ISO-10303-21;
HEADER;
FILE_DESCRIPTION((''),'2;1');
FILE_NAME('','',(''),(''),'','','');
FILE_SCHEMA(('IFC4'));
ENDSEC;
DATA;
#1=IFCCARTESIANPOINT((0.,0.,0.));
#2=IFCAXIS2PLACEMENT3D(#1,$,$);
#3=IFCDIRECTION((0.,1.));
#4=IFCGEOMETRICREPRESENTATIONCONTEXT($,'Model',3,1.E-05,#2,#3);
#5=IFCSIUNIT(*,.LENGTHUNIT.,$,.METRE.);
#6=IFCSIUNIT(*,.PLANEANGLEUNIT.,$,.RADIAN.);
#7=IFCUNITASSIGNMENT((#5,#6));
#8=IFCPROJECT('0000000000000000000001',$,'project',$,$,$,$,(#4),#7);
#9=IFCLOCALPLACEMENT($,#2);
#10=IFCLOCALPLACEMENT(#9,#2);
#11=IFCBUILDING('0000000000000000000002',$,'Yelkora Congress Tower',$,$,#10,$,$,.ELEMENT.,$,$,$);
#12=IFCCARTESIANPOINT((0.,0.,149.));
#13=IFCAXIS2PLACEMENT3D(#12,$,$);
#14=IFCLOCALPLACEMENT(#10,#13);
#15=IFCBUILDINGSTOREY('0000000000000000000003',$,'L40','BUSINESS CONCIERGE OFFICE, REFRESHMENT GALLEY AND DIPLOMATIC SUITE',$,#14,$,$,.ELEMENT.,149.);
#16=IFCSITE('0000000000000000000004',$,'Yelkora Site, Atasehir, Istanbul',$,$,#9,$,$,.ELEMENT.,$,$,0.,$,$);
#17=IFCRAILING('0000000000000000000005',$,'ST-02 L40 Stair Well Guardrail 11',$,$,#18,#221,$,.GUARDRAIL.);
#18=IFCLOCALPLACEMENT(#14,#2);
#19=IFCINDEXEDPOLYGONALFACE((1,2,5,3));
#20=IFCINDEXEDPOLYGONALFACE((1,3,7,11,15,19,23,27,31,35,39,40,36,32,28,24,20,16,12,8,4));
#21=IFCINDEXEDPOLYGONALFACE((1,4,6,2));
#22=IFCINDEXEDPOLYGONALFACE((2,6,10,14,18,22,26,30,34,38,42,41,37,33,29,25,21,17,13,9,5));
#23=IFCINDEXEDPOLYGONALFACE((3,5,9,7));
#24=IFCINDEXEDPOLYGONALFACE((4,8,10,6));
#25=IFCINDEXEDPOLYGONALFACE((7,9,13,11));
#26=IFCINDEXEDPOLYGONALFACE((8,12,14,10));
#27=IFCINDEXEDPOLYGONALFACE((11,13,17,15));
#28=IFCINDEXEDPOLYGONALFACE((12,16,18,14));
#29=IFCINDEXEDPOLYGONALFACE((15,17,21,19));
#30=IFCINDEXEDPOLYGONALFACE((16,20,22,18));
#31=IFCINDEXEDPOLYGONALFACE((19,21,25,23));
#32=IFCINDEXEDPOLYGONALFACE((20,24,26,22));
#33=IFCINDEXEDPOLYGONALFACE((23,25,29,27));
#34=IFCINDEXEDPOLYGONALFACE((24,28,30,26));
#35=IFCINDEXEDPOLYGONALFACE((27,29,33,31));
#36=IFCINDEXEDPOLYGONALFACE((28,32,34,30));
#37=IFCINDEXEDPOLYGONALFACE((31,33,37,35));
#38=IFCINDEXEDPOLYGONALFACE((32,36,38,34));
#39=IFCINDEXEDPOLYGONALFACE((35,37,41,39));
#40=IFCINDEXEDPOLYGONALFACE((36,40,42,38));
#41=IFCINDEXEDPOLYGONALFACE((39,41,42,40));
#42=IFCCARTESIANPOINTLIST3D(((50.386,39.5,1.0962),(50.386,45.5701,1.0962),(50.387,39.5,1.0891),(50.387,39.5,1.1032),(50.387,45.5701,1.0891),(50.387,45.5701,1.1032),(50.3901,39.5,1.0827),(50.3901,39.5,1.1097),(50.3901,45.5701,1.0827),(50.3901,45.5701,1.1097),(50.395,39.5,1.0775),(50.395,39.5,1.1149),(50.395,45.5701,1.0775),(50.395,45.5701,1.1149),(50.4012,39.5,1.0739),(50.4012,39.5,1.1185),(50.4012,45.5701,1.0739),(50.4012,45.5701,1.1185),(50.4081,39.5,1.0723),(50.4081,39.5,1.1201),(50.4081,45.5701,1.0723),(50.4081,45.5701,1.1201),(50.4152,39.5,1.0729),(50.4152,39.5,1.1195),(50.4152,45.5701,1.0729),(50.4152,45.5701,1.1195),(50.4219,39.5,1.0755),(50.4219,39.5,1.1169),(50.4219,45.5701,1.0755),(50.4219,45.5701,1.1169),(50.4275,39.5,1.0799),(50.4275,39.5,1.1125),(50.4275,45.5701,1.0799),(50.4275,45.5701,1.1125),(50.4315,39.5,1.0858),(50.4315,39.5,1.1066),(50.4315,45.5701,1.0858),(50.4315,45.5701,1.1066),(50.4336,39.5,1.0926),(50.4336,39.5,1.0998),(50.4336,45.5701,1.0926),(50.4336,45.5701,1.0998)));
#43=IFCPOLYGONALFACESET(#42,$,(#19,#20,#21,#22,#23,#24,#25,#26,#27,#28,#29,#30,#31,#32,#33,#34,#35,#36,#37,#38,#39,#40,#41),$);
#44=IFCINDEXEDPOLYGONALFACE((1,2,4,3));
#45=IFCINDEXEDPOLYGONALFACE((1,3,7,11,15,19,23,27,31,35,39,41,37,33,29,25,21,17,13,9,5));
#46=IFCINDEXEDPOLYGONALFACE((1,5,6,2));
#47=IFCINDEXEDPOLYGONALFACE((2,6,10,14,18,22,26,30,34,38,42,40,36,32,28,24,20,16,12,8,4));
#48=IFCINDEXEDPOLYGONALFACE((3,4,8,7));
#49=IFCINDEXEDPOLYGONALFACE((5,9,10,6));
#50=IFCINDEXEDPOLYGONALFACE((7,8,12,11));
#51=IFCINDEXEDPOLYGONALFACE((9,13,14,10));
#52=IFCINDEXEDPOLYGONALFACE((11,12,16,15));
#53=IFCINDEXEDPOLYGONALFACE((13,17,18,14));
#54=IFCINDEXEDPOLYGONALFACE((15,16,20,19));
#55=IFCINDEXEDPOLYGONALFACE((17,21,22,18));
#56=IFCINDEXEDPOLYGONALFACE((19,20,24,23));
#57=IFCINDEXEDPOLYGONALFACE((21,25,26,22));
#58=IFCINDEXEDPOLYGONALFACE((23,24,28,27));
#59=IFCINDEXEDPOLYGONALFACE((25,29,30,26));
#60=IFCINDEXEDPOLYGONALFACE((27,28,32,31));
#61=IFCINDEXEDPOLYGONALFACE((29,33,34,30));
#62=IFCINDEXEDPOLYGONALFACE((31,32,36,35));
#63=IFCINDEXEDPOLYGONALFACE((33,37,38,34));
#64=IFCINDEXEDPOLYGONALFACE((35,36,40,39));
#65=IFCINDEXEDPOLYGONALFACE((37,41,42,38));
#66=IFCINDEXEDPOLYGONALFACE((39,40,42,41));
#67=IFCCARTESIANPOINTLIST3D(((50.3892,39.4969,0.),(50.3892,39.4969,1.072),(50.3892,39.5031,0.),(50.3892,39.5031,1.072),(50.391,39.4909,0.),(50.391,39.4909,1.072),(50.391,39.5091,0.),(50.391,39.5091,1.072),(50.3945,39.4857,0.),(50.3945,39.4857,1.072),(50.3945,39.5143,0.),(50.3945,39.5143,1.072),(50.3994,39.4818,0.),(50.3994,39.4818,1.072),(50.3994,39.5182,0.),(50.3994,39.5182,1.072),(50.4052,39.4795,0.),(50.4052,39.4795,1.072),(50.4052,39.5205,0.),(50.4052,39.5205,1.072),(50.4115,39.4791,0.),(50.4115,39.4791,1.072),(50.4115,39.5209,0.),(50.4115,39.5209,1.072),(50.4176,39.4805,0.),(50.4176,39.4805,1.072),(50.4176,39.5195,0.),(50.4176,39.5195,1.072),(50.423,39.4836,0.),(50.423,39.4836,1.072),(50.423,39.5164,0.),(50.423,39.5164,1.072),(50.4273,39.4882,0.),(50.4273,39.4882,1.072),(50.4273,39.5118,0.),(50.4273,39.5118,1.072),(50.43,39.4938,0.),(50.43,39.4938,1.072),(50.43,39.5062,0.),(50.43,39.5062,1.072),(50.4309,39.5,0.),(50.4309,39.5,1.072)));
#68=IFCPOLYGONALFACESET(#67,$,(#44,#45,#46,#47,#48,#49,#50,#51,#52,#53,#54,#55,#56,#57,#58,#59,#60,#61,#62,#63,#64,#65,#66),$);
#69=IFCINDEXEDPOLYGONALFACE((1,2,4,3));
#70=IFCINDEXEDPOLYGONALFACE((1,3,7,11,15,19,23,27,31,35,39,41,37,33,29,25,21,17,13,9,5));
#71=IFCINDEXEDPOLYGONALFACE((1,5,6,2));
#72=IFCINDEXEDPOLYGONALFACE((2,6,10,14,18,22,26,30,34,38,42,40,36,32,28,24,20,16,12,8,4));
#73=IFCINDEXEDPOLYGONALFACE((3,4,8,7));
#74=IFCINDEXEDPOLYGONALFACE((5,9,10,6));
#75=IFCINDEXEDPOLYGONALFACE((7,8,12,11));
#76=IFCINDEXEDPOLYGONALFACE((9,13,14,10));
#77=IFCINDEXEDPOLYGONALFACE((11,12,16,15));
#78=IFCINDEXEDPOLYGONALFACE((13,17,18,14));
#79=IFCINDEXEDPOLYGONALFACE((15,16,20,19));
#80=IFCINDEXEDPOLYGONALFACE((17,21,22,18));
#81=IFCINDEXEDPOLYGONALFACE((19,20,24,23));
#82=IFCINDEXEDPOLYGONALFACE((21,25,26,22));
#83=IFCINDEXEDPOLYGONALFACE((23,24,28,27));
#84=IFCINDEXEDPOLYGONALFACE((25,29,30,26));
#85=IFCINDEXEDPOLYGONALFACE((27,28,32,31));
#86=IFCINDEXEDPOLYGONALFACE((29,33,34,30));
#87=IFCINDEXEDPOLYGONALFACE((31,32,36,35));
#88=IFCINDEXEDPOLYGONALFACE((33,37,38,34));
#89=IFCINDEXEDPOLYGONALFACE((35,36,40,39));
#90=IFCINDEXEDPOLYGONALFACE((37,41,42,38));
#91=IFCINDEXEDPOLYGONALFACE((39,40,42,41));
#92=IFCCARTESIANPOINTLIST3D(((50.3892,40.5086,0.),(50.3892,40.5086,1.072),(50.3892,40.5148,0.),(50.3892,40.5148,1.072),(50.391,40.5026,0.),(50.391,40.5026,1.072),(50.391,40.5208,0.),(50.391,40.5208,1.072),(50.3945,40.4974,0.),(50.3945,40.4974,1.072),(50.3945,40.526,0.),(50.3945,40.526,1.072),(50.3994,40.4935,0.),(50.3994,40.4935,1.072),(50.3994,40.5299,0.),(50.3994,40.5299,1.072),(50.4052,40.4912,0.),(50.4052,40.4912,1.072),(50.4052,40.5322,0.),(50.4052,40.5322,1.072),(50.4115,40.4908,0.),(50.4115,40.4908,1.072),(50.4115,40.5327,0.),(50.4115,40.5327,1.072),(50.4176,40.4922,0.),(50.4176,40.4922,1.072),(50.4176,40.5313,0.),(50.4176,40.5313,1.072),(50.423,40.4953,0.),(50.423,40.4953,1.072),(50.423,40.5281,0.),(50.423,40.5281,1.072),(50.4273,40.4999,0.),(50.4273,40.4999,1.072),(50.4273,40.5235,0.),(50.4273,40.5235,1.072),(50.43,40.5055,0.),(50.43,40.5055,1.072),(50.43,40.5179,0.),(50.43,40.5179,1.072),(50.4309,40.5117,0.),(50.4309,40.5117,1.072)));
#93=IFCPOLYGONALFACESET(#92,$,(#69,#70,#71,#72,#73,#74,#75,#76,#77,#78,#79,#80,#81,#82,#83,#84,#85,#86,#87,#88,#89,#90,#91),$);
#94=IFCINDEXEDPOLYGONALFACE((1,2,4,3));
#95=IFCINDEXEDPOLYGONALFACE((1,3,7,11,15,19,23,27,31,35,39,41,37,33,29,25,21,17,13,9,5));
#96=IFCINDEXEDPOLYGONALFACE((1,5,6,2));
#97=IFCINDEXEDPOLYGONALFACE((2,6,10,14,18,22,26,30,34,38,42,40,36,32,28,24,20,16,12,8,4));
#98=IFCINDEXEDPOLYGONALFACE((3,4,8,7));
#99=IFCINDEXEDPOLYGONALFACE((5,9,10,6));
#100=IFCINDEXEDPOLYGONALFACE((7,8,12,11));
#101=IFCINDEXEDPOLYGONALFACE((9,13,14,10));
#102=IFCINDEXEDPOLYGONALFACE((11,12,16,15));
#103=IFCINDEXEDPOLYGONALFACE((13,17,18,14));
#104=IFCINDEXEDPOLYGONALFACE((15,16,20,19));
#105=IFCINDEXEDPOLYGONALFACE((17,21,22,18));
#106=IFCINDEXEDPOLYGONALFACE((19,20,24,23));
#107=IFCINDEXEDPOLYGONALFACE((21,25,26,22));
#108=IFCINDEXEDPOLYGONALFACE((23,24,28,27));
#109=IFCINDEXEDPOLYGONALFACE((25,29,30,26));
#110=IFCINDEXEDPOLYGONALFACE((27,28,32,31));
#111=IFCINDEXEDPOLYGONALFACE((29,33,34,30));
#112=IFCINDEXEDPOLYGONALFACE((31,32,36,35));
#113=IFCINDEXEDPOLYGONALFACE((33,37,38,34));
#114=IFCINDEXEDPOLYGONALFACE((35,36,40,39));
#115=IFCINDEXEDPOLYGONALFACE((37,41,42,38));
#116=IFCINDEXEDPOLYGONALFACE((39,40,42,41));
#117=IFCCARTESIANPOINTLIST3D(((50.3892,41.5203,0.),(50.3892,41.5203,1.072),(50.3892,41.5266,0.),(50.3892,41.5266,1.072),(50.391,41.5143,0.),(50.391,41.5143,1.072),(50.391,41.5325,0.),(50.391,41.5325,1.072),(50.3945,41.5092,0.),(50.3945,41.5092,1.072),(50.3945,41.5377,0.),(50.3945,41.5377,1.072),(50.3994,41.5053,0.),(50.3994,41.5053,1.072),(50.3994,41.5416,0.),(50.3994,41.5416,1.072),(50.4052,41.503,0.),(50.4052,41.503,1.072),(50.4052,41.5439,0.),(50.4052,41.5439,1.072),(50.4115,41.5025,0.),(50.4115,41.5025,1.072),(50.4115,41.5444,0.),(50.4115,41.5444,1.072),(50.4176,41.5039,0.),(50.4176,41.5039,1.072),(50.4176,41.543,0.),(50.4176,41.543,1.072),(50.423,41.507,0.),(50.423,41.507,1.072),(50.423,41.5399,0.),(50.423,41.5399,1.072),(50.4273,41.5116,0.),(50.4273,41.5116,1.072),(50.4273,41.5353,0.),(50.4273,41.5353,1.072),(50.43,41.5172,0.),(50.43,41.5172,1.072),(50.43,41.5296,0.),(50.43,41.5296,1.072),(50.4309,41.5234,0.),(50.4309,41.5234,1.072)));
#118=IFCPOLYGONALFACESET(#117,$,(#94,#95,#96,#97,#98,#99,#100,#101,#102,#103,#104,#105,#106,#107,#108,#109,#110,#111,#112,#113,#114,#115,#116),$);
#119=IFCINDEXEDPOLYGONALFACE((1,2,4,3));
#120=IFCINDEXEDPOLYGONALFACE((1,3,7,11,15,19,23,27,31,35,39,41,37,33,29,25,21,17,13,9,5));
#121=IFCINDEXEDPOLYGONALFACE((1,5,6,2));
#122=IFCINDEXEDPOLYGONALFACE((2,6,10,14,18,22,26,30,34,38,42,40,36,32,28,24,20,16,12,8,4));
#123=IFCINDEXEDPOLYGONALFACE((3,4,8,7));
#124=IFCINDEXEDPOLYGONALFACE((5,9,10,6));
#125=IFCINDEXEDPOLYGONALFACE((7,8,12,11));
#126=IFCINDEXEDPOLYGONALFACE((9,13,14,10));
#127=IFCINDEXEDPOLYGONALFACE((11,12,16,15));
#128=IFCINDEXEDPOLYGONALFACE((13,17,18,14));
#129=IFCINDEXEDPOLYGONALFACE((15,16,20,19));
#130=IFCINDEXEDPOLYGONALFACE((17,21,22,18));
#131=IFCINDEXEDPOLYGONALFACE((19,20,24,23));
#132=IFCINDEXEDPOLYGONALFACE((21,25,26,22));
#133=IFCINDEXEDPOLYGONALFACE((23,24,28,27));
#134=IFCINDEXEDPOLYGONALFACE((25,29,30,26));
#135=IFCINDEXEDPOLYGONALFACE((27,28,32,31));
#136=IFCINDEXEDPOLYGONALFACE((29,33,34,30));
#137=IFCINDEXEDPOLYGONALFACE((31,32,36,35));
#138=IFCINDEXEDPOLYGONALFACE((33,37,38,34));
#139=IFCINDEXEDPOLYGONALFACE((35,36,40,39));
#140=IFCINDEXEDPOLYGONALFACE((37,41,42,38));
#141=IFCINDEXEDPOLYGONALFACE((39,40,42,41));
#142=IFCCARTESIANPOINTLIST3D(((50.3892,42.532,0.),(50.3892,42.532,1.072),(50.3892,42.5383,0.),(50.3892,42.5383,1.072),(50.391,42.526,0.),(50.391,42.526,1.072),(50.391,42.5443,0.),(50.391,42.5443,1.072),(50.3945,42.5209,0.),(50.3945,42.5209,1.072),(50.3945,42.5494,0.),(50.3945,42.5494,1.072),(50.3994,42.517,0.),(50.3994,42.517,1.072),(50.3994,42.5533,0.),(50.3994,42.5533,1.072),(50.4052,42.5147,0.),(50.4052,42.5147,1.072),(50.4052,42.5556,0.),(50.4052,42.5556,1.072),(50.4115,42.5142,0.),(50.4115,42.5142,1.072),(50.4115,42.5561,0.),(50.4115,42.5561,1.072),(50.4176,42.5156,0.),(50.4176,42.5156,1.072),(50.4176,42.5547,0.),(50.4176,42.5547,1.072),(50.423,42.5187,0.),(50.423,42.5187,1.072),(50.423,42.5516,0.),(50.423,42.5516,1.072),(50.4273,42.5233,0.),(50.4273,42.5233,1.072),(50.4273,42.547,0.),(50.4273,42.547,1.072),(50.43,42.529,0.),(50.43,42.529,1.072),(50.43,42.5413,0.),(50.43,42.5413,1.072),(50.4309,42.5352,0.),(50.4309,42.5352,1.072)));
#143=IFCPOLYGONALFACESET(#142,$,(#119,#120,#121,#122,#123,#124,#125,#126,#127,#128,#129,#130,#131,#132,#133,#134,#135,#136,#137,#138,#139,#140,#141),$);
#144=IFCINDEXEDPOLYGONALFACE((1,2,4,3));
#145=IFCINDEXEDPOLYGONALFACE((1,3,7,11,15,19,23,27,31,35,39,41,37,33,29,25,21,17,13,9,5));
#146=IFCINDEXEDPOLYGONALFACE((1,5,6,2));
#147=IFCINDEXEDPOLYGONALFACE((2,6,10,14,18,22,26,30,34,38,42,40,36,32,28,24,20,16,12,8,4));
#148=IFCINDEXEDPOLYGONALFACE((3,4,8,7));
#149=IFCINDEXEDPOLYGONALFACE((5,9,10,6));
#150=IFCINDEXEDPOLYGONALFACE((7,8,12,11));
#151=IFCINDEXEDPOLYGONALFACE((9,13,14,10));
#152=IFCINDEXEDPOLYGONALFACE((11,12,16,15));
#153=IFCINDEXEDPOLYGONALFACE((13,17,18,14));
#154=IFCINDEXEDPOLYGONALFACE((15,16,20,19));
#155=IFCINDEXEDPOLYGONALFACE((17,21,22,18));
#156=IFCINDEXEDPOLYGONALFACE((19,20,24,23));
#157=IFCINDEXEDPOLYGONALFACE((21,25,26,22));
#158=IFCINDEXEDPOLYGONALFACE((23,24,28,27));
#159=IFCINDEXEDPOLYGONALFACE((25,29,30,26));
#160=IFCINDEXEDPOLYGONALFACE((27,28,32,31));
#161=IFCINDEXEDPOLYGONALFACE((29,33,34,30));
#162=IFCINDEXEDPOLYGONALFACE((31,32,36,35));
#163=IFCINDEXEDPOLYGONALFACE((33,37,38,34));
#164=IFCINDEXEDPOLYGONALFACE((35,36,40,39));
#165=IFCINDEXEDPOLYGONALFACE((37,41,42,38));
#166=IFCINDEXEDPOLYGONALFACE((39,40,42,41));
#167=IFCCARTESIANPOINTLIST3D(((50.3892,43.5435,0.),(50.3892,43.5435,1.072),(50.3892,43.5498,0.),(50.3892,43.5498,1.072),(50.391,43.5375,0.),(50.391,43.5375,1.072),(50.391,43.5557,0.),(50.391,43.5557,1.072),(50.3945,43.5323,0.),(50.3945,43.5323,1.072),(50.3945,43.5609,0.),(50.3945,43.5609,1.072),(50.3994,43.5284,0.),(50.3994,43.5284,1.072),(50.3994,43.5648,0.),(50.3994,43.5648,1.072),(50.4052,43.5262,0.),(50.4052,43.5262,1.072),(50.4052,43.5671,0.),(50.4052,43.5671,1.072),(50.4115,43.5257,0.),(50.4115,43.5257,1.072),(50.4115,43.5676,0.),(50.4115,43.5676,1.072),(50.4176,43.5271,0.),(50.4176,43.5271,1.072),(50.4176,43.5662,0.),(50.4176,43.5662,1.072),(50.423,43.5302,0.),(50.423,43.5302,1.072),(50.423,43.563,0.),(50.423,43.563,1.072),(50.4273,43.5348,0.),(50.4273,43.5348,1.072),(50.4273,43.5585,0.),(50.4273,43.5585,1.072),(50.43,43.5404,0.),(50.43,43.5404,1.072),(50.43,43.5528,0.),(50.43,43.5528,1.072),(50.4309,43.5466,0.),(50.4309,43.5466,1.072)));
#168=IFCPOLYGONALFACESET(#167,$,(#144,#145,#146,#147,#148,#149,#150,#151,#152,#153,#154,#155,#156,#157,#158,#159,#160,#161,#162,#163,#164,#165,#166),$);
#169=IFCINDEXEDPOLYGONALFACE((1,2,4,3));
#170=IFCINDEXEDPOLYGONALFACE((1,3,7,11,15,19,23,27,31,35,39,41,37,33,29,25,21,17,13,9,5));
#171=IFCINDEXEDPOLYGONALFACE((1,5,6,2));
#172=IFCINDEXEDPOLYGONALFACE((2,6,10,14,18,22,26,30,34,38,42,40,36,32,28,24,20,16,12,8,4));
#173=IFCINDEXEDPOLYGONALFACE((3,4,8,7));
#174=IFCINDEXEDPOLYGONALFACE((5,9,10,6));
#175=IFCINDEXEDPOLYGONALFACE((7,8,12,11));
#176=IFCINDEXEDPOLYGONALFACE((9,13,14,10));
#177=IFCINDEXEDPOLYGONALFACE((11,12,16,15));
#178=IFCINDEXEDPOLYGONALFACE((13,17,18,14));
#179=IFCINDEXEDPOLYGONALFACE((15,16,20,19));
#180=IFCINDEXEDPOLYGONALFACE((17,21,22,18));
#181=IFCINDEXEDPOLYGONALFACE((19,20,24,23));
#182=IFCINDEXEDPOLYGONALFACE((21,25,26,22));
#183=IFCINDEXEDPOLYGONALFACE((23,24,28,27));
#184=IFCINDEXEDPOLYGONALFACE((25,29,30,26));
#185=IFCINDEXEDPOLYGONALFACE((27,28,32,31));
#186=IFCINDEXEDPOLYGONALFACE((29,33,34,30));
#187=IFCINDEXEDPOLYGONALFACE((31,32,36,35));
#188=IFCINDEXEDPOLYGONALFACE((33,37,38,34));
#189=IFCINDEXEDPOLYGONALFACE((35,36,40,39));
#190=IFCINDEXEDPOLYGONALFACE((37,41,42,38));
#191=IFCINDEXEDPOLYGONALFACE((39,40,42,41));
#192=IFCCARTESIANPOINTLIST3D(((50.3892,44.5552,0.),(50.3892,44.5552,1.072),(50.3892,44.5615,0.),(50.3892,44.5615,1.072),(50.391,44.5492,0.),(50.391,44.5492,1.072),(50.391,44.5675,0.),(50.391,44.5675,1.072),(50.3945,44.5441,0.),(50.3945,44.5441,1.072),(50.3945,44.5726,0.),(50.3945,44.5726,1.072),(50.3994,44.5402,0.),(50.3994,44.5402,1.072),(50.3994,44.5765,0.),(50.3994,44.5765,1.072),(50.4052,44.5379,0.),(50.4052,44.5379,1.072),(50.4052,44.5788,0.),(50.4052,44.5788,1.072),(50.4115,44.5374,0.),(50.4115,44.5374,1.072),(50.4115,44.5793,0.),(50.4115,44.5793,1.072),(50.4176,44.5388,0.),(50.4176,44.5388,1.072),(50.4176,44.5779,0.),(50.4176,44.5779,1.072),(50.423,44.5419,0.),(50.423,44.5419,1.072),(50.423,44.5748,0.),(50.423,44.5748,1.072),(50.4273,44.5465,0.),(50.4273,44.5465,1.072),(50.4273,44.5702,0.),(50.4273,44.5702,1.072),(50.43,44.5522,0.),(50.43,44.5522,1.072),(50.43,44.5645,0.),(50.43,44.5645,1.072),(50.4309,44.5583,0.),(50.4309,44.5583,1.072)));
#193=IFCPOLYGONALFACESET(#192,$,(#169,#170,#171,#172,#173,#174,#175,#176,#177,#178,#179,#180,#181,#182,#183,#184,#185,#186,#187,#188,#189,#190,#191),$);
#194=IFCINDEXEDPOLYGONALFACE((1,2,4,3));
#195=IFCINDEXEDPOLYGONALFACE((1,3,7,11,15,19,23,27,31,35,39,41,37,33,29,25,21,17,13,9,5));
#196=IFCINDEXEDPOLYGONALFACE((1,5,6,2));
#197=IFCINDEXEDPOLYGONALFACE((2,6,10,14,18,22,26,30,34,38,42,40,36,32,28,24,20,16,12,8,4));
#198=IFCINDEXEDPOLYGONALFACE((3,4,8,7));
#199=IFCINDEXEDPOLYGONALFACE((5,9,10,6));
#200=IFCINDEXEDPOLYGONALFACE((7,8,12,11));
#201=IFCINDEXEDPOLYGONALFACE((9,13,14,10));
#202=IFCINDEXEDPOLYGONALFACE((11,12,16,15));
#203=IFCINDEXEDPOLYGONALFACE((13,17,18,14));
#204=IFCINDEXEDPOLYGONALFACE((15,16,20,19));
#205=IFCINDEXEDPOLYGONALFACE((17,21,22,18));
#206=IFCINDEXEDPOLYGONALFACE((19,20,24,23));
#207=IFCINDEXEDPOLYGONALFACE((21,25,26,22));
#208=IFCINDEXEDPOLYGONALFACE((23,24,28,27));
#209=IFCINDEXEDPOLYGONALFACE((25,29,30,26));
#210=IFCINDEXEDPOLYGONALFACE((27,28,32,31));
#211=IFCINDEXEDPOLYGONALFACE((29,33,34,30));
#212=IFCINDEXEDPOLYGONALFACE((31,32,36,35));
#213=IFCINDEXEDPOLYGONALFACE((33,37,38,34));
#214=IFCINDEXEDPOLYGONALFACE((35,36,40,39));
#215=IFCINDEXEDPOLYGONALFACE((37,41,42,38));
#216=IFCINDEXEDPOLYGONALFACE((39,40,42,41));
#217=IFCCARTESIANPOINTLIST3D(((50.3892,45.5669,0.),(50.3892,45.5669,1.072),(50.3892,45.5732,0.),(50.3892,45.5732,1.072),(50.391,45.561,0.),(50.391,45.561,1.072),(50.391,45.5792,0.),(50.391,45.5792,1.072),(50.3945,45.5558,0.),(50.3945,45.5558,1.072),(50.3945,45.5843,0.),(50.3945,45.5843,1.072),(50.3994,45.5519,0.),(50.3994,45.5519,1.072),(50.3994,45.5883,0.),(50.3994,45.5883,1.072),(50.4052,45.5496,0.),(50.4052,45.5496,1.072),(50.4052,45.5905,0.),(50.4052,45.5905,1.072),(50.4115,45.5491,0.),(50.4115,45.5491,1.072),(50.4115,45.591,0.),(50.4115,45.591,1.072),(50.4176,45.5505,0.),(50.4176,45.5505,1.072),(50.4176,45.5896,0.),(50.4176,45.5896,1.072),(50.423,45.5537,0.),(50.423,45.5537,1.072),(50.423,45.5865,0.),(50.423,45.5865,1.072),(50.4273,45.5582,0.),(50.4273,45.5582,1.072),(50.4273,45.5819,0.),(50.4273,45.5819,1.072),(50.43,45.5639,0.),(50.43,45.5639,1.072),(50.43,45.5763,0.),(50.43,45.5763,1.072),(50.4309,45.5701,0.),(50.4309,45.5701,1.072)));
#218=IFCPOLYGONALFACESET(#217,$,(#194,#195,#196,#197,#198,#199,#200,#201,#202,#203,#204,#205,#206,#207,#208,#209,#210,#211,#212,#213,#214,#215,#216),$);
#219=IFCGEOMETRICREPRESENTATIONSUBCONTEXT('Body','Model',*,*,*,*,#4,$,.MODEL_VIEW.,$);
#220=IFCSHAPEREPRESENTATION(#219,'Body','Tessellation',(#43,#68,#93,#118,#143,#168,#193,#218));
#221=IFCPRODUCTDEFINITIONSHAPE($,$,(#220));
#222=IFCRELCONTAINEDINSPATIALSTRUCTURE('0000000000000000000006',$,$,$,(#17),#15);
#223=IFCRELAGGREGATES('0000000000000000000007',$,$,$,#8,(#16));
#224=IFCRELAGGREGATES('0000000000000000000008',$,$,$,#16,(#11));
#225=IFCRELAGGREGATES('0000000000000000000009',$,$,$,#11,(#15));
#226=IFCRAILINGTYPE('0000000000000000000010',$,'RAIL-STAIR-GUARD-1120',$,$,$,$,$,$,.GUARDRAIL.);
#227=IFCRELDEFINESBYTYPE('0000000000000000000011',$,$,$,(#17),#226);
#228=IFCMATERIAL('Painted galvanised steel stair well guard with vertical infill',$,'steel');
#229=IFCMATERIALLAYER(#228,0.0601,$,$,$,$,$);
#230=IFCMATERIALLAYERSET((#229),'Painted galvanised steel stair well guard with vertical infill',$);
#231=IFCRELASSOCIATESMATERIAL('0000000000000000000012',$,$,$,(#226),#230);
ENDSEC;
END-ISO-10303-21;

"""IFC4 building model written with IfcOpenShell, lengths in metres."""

from ifc_helpers import new_model, si_unit, direction, frame, origin, origin_2d, place, context, subcontext, project, spatial, circle, extrude, material, layer, layer_set, type_object, element, save


model = new_model("IFC4")

# Units and contexts
model_context = context("Model", 3, precision=1e-05, world=origin(), true_north=direction((0.0, 1.0)))
body_context = subcontext(model_context, "Body", "Model", "MODEL_VIEW")
ifc_project = project(units=[si_unit("LENGTHUNIT", "METRE"), si_unit("PLANEANGLEUNIT", "RADIAN")], contexts=[model_context])

# Site, building, storey
site_placement = place(None, origin())
site = spatial("IfcSite", under=ifc_project, at=site_placement, Name="Yelkora Site, Atasehir, Istanbul", CompositionType="ELEMENT", RefElevation=0.0)
building_placement = place(site_placement, origin())
building = spatial("IfcBuilding", under=site, at=building_placement, Name="Yelkora Congress Tower", CompositionType="ELEMENT")
storey_placement = place(building_placement, frame((0.0, 0.0, 149.0)))
storey = spatial("IfcBuildingStorey", under=building, at=storey_placement, Name="L40", Description="BUSINESS CONCIERGE OFFICE, REFRESHMENT GALLEY AND DIPLOMATIC SUITE", CompositionType="ELEMENT", Elevation=149.0)

# Railing
ifc_material_1 = material(Name="Painted galvanised steel stair well guard with vertical infill", Category="steel")
ifc_layer_1 = layer(ifc_material_1, 0.0601)
ifc_layer_set_1 = layer_set([ifc_layer_1], Name="Painted galvanised steel stair well guard with vertical infill")
railing_type_1 = type_object("IfcRailingType", Name="RAIL-STAIR-GUARD-1120", PredefinedType="GUARDRAIL", material=ifc_layer_set_1)
railing_1_placement = place(storey_placement, frame((50.4099, 39.5, 0.0)))
element("IfcRailing", 1, at=railing_1_placement, inside=storey, type_object=railing_type_1, Name="ST-02 L40 Stair Well Guardrail 11", PredefinedType="GUARDRAIL", context=body_context, shape_type="SweptSolid", body=[
    extrude(circle(Radius=0.0239, at=origin_2d()), frame((0.0, 0.0, 1.0962), z_axis=(0.0, 1.0, 0.0), x_axis=(-1.0, 0.0, 0.0)), (0.0, 0.0, 1.0), 6.0701),
    extrude(circle(Radius=0.021, at=origin_2d()), origin(), (0.0, 0.0, 1.0), 1.072),
    extrude(circle(Radius=0.021, at=origin_2d()), frame((0.0, 1.0117, 0.0)), (0.0, 0.0, 1.0), 1.072),
    extrude(circle(Radius=0.021, at=origin_2d()), frame((0.0, 2.0234, 0.0)), (0.0, 0.0, 1.0), 1.072),
    extrude(circle(Radius=0.021, at=origin_2d()), frame((0.0, 3.0352, 0.0)), (0.0, 0.0, 1.0), 1.072),
    extrude(circle(Radius=0.021, at=origin_2d()), frame((0.0, 4.0466, 0.0)), (0.0, 0.0, 1.0), 1.072),
    extrude(circle(Radius=0.021, at=origin_2d()), frame((0.0, 5.0583, 0.0)), (0.0, 0.0, 1.0), 1.072),
    extrude(circle(Radius=0.021, at=origin_2d()), frame((0.0, 6.0701, 0.0)), (0.0, 0.0, 1.0), 1.072),
])

save(model, "model.ifc")
